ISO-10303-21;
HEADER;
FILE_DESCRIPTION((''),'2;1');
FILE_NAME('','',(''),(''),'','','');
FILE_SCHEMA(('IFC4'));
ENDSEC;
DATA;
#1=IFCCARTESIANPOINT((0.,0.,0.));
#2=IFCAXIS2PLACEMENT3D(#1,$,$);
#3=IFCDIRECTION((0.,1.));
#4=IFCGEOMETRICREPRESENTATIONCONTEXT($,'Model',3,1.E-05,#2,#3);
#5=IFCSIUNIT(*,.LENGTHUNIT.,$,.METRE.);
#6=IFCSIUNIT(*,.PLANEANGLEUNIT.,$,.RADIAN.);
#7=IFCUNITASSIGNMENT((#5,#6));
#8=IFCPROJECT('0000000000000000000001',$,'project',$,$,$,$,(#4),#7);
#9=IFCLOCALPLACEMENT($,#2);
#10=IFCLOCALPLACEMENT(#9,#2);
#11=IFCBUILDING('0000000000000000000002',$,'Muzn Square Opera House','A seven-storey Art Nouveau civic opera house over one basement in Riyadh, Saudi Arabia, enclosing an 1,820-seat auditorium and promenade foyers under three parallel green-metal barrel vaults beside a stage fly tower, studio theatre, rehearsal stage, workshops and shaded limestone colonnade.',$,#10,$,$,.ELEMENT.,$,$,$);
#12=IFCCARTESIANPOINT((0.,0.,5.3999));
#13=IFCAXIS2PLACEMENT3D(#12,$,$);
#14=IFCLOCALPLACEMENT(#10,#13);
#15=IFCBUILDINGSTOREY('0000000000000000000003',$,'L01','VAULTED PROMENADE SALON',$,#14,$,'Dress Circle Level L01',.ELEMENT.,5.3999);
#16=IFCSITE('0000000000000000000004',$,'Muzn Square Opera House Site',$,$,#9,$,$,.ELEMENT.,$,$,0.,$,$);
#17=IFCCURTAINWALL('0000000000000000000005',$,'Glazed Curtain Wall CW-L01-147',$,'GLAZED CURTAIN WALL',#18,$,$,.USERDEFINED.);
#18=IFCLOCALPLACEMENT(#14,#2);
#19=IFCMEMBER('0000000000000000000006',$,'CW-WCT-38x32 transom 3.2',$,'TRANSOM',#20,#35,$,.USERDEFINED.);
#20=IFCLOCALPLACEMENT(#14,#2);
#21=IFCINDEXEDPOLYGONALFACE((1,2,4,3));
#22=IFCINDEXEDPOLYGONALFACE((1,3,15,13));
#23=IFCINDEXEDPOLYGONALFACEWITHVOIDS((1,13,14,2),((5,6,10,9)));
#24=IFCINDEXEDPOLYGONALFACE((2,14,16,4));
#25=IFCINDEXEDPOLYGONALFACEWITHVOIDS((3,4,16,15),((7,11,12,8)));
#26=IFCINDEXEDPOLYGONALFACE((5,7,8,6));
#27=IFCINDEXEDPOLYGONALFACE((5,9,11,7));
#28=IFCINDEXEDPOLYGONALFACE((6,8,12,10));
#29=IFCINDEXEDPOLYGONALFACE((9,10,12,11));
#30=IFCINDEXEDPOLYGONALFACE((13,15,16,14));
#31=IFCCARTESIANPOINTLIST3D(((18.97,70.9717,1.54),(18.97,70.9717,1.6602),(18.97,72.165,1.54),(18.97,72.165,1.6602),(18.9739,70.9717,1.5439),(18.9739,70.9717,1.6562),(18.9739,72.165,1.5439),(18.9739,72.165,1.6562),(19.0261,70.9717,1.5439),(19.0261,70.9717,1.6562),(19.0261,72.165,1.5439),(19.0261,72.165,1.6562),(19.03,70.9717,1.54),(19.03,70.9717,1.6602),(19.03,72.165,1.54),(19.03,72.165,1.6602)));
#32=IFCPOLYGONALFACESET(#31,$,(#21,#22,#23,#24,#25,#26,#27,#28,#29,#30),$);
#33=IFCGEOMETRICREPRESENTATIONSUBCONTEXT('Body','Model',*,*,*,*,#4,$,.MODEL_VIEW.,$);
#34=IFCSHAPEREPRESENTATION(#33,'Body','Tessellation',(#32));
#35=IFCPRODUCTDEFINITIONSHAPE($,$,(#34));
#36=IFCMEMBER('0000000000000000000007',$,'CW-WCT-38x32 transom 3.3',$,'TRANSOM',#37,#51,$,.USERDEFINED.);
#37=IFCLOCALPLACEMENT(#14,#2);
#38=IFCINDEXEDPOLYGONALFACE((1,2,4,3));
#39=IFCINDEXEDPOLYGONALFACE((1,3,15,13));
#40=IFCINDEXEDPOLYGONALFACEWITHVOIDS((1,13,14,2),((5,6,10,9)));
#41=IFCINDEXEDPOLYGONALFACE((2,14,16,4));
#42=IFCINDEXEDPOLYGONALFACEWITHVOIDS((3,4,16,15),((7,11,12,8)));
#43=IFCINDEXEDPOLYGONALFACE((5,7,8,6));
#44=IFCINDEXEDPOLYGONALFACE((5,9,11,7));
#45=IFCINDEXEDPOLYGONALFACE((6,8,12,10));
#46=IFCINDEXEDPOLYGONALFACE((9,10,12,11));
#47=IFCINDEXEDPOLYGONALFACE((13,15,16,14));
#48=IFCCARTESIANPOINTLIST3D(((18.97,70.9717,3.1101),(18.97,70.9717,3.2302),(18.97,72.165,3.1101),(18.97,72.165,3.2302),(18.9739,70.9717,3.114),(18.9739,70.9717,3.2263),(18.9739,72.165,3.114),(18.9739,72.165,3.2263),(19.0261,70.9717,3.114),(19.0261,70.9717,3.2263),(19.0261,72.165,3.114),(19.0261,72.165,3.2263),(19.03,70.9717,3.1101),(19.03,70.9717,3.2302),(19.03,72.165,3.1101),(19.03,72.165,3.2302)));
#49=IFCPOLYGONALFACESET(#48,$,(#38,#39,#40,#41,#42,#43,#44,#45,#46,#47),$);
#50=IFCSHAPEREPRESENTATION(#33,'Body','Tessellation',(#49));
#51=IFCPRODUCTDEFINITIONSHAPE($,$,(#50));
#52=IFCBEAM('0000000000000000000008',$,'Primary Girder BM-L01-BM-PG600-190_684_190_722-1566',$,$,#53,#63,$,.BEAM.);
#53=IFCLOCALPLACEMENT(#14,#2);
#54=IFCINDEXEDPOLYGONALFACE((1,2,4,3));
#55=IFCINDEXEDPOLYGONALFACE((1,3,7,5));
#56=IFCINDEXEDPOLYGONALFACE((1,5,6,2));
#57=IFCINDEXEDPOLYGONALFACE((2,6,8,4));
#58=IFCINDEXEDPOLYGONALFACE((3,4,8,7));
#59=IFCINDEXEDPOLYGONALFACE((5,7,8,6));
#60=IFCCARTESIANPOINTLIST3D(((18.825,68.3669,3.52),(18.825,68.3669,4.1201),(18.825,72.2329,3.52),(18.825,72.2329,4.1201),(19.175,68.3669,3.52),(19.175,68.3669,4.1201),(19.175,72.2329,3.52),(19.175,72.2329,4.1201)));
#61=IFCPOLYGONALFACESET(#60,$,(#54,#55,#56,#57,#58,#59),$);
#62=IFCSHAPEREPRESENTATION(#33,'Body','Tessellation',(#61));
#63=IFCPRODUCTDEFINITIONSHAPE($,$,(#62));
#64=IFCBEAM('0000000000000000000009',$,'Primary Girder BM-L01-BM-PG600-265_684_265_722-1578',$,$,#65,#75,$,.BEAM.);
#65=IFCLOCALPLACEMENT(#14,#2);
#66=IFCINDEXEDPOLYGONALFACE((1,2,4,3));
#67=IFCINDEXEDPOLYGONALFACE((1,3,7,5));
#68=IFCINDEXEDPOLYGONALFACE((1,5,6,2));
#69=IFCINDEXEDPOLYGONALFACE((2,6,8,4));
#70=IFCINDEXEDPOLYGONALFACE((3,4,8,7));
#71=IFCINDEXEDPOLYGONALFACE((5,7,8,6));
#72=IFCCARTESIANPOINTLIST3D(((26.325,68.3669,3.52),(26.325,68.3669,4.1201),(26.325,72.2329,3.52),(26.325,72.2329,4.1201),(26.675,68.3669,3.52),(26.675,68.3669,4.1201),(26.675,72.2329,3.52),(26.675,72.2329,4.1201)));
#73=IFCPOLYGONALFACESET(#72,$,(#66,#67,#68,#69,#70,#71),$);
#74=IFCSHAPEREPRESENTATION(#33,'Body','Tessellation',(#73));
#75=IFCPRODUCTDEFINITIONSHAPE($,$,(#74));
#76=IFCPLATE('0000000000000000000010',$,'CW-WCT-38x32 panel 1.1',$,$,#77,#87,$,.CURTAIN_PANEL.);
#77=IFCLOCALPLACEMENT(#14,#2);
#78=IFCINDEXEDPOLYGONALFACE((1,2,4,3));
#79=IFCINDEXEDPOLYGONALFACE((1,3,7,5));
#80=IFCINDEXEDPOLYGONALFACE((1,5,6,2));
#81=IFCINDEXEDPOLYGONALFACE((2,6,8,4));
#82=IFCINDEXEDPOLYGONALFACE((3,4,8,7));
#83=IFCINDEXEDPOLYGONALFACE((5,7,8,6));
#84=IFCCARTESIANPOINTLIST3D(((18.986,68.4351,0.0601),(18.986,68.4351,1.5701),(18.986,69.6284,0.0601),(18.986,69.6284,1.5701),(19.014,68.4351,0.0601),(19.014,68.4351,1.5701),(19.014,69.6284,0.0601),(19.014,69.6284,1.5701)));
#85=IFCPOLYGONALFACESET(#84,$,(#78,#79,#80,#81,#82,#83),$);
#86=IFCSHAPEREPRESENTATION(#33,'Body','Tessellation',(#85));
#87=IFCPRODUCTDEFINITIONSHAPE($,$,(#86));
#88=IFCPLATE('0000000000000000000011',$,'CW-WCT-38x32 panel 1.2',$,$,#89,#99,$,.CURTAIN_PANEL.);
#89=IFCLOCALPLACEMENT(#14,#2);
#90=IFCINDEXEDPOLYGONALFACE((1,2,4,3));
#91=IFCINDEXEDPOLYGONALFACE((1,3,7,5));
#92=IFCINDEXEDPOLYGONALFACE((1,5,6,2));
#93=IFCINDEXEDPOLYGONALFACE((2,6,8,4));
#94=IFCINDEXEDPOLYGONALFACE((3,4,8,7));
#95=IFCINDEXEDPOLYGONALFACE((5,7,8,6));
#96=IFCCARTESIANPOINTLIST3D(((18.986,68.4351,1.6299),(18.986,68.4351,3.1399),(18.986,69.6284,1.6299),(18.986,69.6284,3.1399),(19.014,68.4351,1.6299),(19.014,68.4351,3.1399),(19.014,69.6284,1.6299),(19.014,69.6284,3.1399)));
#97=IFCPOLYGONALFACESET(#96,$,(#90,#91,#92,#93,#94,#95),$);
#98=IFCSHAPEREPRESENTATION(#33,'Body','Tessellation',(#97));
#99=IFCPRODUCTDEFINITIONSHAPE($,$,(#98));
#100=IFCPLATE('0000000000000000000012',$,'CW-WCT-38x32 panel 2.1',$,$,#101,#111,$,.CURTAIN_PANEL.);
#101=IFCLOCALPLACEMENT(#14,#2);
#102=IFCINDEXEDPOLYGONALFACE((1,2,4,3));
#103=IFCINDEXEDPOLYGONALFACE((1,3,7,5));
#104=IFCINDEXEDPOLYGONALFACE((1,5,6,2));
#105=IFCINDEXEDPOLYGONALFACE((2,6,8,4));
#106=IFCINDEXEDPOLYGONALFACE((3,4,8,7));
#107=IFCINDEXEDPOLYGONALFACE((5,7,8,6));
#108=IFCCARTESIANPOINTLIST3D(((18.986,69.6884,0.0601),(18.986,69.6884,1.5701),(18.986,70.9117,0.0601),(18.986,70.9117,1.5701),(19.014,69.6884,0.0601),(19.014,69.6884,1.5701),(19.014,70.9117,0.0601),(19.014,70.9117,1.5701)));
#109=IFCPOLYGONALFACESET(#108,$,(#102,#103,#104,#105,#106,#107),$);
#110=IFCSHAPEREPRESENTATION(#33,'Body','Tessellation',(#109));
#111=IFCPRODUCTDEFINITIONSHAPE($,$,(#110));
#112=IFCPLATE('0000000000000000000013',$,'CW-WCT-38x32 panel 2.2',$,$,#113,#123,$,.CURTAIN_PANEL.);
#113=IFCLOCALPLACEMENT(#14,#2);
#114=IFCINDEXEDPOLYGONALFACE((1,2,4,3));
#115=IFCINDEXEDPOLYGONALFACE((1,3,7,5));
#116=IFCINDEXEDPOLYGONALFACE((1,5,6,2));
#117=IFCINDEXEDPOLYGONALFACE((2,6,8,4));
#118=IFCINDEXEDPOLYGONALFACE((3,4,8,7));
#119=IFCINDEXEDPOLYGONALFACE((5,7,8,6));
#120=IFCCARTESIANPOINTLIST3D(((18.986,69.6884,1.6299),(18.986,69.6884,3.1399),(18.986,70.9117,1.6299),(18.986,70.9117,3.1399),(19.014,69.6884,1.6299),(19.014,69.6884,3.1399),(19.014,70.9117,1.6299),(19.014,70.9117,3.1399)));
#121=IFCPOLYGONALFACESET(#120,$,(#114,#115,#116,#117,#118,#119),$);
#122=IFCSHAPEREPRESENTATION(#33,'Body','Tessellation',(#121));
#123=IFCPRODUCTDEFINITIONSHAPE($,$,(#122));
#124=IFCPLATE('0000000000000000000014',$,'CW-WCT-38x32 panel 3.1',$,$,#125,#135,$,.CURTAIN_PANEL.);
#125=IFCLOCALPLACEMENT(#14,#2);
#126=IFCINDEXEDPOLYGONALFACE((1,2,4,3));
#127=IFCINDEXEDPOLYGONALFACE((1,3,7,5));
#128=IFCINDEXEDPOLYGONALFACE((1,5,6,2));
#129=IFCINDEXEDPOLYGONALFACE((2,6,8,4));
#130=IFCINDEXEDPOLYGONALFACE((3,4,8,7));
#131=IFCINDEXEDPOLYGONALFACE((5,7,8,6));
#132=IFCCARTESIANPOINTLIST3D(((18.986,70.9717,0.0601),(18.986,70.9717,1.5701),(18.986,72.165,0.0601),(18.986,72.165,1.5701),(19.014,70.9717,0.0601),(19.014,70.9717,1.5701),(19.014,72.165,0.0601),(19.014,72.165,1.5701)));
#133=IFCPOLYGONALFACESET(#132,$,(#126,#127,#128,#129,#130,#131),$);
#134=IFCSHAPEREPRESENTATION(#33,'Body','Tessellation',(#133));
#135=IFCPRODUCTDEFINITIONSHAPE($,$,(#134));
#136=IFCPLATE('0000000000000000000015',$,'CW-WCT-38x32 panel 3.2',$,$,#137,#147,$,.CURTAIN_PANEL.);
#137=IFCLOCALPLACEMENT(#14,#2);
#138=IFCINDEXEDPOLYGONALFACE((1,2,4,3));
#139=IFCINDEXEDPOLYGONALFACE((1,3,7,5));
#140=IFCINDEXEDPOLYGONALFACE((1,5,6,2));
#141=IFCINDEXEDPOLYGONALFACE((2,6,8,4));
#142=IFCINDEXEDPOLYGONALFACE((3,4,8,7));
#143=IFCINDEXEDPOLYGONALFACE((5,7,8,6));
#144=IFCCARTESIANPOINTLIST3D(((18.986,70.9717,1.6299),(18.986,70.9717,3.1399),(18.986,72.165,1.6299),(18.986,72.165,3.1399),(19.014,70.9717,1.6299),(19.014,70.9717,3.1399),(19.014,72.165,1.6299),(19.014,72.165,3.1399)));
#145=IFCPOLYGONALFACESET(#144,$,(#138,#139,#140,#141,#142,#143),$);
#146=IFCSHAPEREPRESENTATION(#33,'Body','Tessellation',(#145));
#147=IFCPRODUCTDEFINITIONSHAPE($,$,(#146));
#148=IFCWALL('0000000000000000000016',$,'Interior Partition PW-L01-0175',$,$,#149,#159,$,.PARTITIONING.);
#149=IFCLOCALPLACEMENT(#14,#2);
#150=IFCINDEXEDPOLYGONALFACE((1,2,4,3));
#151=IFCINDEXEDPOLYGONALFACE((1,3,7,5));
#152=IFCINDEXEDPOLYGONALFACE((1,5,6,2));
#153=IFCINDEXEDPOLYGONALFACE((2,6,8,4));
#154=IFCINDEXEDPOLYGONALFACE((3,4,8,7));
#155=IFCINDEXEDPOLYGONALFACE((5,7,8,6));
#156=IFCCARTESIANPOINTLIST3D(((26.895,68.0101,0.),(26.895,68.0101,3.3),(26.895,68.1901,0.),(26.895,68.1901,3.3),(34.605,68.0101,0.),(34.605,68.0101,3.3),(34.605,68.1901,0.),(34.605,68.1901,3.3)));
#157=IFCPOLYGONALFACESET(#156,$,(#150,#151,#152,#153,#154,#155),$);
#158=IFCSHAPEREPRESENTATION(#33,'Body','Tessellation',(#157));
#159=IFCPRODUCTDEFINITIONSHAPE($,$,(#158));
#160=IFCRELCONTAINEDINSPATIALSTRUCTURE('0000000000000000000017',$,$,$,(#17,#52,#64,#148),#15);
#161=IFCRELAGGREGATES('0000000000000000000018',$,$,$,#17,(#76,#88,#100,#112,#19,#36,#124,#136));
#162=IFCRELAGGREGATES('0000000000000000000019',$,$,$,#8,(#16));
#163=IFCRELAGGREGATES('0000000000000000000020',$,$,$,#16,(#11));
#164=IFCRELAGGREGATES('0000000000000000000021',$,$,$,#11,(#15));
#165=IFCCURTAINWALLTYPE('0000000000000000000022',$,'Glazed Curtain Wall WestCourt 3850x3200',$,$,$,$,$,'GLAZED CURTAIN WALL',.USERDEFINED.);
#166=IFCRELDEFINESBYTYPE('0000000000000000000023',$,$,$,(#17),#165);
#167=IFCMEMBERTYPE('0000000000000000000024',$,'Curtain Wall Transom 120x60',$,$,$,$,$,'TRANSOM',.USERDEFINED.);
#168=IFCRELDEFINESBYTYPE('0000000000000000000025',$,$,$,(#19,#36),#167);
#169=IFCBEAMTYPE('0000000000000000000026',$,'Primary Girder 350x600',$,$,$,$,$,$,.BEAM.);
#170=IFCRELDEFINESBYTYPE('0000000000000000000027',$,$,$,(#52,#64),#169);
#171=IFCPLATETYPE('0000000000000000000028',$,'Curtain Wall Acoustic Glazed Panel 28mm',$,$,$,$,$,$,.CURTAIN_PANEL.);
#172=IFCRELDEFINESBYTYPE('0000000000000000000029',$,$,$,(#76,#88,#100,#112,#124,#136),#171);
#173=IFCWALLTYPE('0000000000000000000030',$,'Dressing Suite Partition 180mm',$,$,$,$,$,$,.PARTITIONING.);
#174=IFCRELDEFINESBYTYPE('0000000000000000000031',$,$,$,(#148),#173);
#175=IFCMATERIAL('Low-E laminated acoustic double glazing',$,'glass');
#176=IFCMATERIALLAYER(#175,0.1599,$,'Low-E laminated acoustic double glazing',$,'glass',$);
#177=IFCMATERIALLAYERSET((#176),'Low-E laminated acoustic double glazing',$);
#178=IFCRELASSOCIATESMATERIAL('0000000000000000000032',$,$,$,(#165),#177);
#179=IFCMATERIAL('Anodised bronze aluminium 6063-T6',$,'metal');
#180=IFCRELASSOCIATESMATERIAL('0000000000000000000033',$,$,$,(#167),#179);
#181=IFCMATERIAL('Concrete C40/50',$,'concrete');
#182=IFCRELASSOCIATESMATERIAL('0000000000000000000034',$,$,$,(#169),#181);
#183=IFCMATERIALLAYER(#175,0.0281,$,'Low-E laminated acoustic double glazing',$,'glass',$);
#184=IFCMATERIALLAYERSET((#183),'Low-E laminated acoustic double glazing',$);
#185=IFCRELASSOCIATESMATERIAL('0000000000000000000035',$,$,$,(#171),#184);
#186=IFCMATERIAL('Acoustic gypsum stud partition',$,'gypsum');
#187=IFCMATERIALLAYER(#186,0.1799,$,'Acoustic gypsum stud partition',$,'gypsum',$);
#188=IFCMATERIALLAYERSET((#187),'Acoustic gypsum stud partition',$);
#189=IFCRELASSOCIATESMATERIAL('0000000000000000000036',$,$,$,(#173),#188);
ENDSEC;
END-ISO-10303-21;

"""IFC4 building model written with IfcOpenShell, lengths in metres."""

from ifc_helpers import new_model, si_unit, direction, frame, frame_2d, origin, origin_2d, place, context, subcontext, project, spatial, rectangle, hollow_rectangle, extrude, material, layer, layer_set, material_profile, profile_set, type_object, element, aggregate, save


model = new_model("IFC4")

# Units and contexts
model_context = context("Model", 3, precision=1e-05, world=origin(), true_north=direction((0.0, 1.0)))
body_context = subcontext(model_context, "Body", "Model", "MODEL_VIEW")
ifc_project = project(units=[si_unit("LENGTHUNIT", "METRE"), si_unit("PLANEANGLEUNIT", "RADIAN")], contexts=[model_context])

# Site, building, storey
site_placement = place(None, origin())
site = spatial("IfcSite", under=ifc_project, at=site_placement, Name="Muzn Square Opera House Site", CompositionType="ELEMENT", RefElevation=0.0)
building_placement = place(site_placement, origin())
building = spatial("IfcBuilding", under=site, at=building_placement, Name="Muzn Square Opera House", Description="A seven-storey Art Nouveau civic opera house over one basement in Riyadh, Saudi Arabia, enclosing an 1,820-seat auditorium and promenade foyers under three parallel green-metal barrel vaults beside a stage fly tower, studio theatre, rehearsal stage, workshops and shaded limestone colonnade.", CompositionType="ELEMENT")
storey_placement = place(building_placement, frame((0.0, 0.0, 5.3999)))
storey = spatial("IfcBuildingStorey", under=building, at=storey_placement, Name="L01", Description="VAULTED PROMENADE SALON", LongName="Dress Circle Level L01", CompositionType="ELEMENT", Elevation=5.3999)

# Curtain wall, members
ifc_material_1 = material(Name="Low-E laminated acoustic double glazing", Category="glass")
ifc_layer_1 = layer(ifc_material_1, 0.1599, Name="Low-E laminated acoustic double glazing", Category="glass")
ifc_layer_set_1 = layer_set([ifc_layer_1], Name="Low-E laminated acoustic double glazing")
curtain_wall_type = type_object("IfcCurtainWallType", Name="Glazed Curtain Wall WestCourt 3850x3200", ElementType="GLAZED CURTAIN WALL", PredefinedType="USERDEFINED", material=ifc_layer_set_1)
curtain_wall_placement = place(storey_placement, origin())
curtain_wall = element("IfcCurtainWall", 1, at=curtain_wall_placement, inside=storey, type_object=curtain_wall_type, Name="Glazed Curtain Wall CW-L01-147", ObjectType="GLAZED CURTAIN WALL", PredefinedType="USERDEFINED")
ifc_material_2 = material(Name="Anodised bronze aluminium 6063-T6", Category="metal")
ifc_material_profile_1 = material_profile(ifc_material_2, hollow_rectangle(XDim=0.0601, YDim=0.1201, WallThickness=0.0039, at=origin_2d()), Name="ALU 120x60x4", Category="metal")
ifc_profile_set_1 = profile_set([ifc_material_profile_1], Name="Anodised bronze aluminium 6063-T6")
member_type_1 = type_object("IfcMemberType", Name="Curtain Wall Transom 120x60", ElementType="TRANSOM", PredefinedType="USERDEFINED", material=ifc_profile_set_1)
member_1_placement = place(storey_placement, frame((19.0, 70.9717, 1.6001), z_axis=(0.0, 1.0, 0.0), x_axis=(-1.0, 0.0, 0.0)))
member_1 = element("IfcMember", 2, at=member_1_placement, type_object=member_type_1, Name="CW-WCT-38x32 transom 3.2", ObjectType="TRANSOM", PredefinedType="USERDEFINED", context=body_context, shape_type="SweptSolid", body=[
    extrude(hollow_rectangle(XDim=0.0601, YDim=0.1201, WallThickness=0.0039, at=origin_2d()), origin(), (0.0, 0.0, 1.0), 1.1934),
])
member_2_placement = place(storey_placement, frame((19.0, 70.9717, 3.1702), z_axis=(0.0, 1.0, 0.0), x_axis=(-1.0, 0.0, 0.0)))
member_2 = element("IfcMember", 3, at=member_2_placement, type_object=member_type_1, Name="CW-WCT-38x32 transom 3.3", ObjectType="TRANSOM", PredefinedType="USERDEFINED", context=body_context, shape_type="SweptSolid", body=[
    extrude(hollow_rectangle(XDim=0.0601, YDim=0.1201, WallThickness=0.0039, at=origin_2d()), origin(), (0.0, 0.0, 1.0), 1.1934),
])

# Beams
ifc_material_3 = material(Name="Concrete C40/50", Category="concrete")
ifc_material_profile_2 = material_profile(ifc_material_3, rectangle(XDim=0.3501, YDim=0.6001, at=origin_2d()), Name="RCB 350x600", Category="concrete")
ifc_profile_set_2 = profile_set([ifc_material_profile_2], Name="Concrete C40/50")
beam_type = type_object("IfcBeamType", Name="Primary Girder 350x600", PredefinedType="BEAM", material=ifc_profile_set_2)
for number, where, z_axis, x_axis, name in (
    (4, (19.0, 68.3669, 3.8201), (0.0, 1.0, 0.0), (-1.0, 0.0, 0.0), "Primary Girder BM-L01-BM-PG600-190_684_190_722-1566"),
    (5, (26.5, 68.3669, 3.8201), (0.0, 1.0, 0.0), (-1.0, 0.0, 0.0), "Primary Girder BM-L01-BM-PG600-265_684_265_722-1578"),
):
    element("IfcBeam", number, at=place(storey_placement, frame(where, z_axis=z_axis, x_axis=x_axis)), inside=storey, type_object=beam_type, Name=name, PredefinedType="BEAM", context=body_context, shape_type="SweptSolid", body=[
        extrude(rectangle(XDim=0.3501, YDim=0.6001, at=origin_2d()), origin(), (0.0, 0.0, 1.0), 3.866),
    ])

# Plates
ifc_layer_2 = layer(ifc_material_1, 0.0281, Name="Low-E laminated acoustic double glazing", Category="glass")
ifc_layer_set_2 = layer_set([ifc_layer_2], Name="Low-E laminated acoustic double glazing")
plate_type = type_object("IfcPlateType", Name="Curtain Wall Acoustic Glazed Panel 28mm", PredefinedType="CURTAIN_PANEL", material=ifc_layer_set_2)
plate_1_placement = place(storey_placement, frame((19.0, 69.0317, 0.0601), z_axis=(0.0, 0.0, 1.0), x_axis=(0.0, 1.0, 0.0)))
plate_1 = element("IfcPlate", 6, at=plate_1_placement, type_object=plate_type, Name="CW-WCT-38x32 panel 1.1", PredefinedType="CURTAIN_PANEL", context=body_context, shape_type="SweptSolid", body=[
    extrude(rectangle(XDim=1.1934, YDim=0.0281, at=origin_2d()), origin(), (0.0, 0.0, 1.0), 1.51),
])
plate_2_placement = place(storey_placement, frame((19.0, 69.0317, 1.6299), z_axis=(0.0, 0.0, 1.0), x_axis=(0.0, 1.0, 0.0)))
plate_2 = element("IfcPlate", 7, at=plate_2_placement, type_object=plate_type, Name="CW-WCT-38x32 panel 1.2", PredefinedType="CURTAIN_PANEL", context=body_context, shape_type="SweptSolid", body=[
    extrude(rectangle(XDim=1.1934, YDim=0.0281, at=origin_2d()), origin(), (0.0, 0.0, 1.0), 1.51),
])
plate_3_placement = place(storey_placement, frame((19.0, 70.3, 0.0601), z_axis=(0.0, 0.0, 1.0), x_axis=(0.0, 1.0, 0.0)))
plate_3 = element("IfcPlate", 8, at=plate_3_placement, type_object=plate_type, Name="CW-WCT-38x32 panel 2.1", PredefinedType="CURTAIN_PANEL", context=body_context, shape_type="SweptSolid", body=[
    extrude(rectangle(XDim=1.2234, YDim=0.0281, at=origin_2d()), origin(), (0.0, 0.0, 1.0), 1.51),
])
plate_4_placement = place(storey_placement, frame((19.0, 70.3, 1.6299), z_axis=(0.0, 0.0, 1.0), x_axis=(0.0, 1.0, 0.0)))
plate_4 = element("IfcPlate", 9, at=plate_4_placement, type_object=plate_type, Name="CW-WCT-38x32 panel 2.2", PredefinedType="CURTAIN_PANEL", context=body_context, shape_type="SweptSolid", body=[
    extrude(rectangle(XDim=1.2234, YDim=0.0281, at=origin_2d()), origin(), (0.0, 0.0, 1.0), 1.51),
])
plate_5_placement = place(storey_placement, frame((19.0, 71.5684, 0.0601), z_axis=(0.0, 0.0, 1.0), x_axis=(0.0, 1.0, 0.0)))
plate_5 = element("IfcPlate", 10, at=plate_5_placement, type_object=plate_type, Name="CW-WCT-38x32 panel 3.1", PredefinedType="CURTAIN_PANEL", context=body_context, shape_type="SweptSolid", body=[
    extrude(rectangle(XDim=1.1934, YDim=0.0281, at=origin_2d()), origin(), (0.0, 0.0, 1.0), 1.51),
])
plate_6_placement = place(storey_placement, frame((19.0, 71.5684, 1.6299), z_axis=(0.0, 0.0, 1.0), x_axis=(0.0, 1.0, 0.0)))
plate_6 = element("IfcPlate", 11, at=plate_6_placement, type_object=plate_type, Name="CW-WCT-38x32 panel 3.2", PredefinedType="CURTAIN_PANEL", context=body_context, shape_type="SweptSolid", body=[
    extrude(rectangle(XDim=1.1934, YDim=0.0281, at=origin_2d()), origin(), (0.0, 0.0, 1.0), 1.51),
])
aggregate(curtain_wall, [plate_1, plate_2, plate_3, plate_4, member_1, member_2, plate_5, plate_6])

# Wall
ifc_material_4 = material(Name="Acoustic gypsum stud partition", Category="gypsum")
ifc_layer_3 = layer(ifc_material_4, 0.1799, Name="Acoustic gypsum stud partition", Category="gypsum")
ifc_layer_set_3 = layer_set([ifc_layer_3], Name="Acoustic gypsum stud partition")
wall_type = type_object("IfcWallType", Name="Dressing Suite Partition 180mm", PredefinedType="PARTITIONING", material=ifc_layer_set_3)
wall_placement = place(storey_placement, frame((26.895, 68.1001, 0.0), z_axis=(0.0, 0.0, 1.0), x_axis=(1.0, 0.0, 0.0)))
element("IfcWall", 12, at=wall_placement, inside=storey, type_object=wall_type, Name="Interior Partition PW-L01-0175", PredefinedType="PARTITIONING", context=body_context, shape_type="SweptSolid", body=[
    extrude(rectangle(XDim=7.71, YDim=0.1799, at=frame_2d((3.855, 0.0))), origin(), (0.0, 0.0, 1.0), 3.3),
])

save(model, "model.ifc")
